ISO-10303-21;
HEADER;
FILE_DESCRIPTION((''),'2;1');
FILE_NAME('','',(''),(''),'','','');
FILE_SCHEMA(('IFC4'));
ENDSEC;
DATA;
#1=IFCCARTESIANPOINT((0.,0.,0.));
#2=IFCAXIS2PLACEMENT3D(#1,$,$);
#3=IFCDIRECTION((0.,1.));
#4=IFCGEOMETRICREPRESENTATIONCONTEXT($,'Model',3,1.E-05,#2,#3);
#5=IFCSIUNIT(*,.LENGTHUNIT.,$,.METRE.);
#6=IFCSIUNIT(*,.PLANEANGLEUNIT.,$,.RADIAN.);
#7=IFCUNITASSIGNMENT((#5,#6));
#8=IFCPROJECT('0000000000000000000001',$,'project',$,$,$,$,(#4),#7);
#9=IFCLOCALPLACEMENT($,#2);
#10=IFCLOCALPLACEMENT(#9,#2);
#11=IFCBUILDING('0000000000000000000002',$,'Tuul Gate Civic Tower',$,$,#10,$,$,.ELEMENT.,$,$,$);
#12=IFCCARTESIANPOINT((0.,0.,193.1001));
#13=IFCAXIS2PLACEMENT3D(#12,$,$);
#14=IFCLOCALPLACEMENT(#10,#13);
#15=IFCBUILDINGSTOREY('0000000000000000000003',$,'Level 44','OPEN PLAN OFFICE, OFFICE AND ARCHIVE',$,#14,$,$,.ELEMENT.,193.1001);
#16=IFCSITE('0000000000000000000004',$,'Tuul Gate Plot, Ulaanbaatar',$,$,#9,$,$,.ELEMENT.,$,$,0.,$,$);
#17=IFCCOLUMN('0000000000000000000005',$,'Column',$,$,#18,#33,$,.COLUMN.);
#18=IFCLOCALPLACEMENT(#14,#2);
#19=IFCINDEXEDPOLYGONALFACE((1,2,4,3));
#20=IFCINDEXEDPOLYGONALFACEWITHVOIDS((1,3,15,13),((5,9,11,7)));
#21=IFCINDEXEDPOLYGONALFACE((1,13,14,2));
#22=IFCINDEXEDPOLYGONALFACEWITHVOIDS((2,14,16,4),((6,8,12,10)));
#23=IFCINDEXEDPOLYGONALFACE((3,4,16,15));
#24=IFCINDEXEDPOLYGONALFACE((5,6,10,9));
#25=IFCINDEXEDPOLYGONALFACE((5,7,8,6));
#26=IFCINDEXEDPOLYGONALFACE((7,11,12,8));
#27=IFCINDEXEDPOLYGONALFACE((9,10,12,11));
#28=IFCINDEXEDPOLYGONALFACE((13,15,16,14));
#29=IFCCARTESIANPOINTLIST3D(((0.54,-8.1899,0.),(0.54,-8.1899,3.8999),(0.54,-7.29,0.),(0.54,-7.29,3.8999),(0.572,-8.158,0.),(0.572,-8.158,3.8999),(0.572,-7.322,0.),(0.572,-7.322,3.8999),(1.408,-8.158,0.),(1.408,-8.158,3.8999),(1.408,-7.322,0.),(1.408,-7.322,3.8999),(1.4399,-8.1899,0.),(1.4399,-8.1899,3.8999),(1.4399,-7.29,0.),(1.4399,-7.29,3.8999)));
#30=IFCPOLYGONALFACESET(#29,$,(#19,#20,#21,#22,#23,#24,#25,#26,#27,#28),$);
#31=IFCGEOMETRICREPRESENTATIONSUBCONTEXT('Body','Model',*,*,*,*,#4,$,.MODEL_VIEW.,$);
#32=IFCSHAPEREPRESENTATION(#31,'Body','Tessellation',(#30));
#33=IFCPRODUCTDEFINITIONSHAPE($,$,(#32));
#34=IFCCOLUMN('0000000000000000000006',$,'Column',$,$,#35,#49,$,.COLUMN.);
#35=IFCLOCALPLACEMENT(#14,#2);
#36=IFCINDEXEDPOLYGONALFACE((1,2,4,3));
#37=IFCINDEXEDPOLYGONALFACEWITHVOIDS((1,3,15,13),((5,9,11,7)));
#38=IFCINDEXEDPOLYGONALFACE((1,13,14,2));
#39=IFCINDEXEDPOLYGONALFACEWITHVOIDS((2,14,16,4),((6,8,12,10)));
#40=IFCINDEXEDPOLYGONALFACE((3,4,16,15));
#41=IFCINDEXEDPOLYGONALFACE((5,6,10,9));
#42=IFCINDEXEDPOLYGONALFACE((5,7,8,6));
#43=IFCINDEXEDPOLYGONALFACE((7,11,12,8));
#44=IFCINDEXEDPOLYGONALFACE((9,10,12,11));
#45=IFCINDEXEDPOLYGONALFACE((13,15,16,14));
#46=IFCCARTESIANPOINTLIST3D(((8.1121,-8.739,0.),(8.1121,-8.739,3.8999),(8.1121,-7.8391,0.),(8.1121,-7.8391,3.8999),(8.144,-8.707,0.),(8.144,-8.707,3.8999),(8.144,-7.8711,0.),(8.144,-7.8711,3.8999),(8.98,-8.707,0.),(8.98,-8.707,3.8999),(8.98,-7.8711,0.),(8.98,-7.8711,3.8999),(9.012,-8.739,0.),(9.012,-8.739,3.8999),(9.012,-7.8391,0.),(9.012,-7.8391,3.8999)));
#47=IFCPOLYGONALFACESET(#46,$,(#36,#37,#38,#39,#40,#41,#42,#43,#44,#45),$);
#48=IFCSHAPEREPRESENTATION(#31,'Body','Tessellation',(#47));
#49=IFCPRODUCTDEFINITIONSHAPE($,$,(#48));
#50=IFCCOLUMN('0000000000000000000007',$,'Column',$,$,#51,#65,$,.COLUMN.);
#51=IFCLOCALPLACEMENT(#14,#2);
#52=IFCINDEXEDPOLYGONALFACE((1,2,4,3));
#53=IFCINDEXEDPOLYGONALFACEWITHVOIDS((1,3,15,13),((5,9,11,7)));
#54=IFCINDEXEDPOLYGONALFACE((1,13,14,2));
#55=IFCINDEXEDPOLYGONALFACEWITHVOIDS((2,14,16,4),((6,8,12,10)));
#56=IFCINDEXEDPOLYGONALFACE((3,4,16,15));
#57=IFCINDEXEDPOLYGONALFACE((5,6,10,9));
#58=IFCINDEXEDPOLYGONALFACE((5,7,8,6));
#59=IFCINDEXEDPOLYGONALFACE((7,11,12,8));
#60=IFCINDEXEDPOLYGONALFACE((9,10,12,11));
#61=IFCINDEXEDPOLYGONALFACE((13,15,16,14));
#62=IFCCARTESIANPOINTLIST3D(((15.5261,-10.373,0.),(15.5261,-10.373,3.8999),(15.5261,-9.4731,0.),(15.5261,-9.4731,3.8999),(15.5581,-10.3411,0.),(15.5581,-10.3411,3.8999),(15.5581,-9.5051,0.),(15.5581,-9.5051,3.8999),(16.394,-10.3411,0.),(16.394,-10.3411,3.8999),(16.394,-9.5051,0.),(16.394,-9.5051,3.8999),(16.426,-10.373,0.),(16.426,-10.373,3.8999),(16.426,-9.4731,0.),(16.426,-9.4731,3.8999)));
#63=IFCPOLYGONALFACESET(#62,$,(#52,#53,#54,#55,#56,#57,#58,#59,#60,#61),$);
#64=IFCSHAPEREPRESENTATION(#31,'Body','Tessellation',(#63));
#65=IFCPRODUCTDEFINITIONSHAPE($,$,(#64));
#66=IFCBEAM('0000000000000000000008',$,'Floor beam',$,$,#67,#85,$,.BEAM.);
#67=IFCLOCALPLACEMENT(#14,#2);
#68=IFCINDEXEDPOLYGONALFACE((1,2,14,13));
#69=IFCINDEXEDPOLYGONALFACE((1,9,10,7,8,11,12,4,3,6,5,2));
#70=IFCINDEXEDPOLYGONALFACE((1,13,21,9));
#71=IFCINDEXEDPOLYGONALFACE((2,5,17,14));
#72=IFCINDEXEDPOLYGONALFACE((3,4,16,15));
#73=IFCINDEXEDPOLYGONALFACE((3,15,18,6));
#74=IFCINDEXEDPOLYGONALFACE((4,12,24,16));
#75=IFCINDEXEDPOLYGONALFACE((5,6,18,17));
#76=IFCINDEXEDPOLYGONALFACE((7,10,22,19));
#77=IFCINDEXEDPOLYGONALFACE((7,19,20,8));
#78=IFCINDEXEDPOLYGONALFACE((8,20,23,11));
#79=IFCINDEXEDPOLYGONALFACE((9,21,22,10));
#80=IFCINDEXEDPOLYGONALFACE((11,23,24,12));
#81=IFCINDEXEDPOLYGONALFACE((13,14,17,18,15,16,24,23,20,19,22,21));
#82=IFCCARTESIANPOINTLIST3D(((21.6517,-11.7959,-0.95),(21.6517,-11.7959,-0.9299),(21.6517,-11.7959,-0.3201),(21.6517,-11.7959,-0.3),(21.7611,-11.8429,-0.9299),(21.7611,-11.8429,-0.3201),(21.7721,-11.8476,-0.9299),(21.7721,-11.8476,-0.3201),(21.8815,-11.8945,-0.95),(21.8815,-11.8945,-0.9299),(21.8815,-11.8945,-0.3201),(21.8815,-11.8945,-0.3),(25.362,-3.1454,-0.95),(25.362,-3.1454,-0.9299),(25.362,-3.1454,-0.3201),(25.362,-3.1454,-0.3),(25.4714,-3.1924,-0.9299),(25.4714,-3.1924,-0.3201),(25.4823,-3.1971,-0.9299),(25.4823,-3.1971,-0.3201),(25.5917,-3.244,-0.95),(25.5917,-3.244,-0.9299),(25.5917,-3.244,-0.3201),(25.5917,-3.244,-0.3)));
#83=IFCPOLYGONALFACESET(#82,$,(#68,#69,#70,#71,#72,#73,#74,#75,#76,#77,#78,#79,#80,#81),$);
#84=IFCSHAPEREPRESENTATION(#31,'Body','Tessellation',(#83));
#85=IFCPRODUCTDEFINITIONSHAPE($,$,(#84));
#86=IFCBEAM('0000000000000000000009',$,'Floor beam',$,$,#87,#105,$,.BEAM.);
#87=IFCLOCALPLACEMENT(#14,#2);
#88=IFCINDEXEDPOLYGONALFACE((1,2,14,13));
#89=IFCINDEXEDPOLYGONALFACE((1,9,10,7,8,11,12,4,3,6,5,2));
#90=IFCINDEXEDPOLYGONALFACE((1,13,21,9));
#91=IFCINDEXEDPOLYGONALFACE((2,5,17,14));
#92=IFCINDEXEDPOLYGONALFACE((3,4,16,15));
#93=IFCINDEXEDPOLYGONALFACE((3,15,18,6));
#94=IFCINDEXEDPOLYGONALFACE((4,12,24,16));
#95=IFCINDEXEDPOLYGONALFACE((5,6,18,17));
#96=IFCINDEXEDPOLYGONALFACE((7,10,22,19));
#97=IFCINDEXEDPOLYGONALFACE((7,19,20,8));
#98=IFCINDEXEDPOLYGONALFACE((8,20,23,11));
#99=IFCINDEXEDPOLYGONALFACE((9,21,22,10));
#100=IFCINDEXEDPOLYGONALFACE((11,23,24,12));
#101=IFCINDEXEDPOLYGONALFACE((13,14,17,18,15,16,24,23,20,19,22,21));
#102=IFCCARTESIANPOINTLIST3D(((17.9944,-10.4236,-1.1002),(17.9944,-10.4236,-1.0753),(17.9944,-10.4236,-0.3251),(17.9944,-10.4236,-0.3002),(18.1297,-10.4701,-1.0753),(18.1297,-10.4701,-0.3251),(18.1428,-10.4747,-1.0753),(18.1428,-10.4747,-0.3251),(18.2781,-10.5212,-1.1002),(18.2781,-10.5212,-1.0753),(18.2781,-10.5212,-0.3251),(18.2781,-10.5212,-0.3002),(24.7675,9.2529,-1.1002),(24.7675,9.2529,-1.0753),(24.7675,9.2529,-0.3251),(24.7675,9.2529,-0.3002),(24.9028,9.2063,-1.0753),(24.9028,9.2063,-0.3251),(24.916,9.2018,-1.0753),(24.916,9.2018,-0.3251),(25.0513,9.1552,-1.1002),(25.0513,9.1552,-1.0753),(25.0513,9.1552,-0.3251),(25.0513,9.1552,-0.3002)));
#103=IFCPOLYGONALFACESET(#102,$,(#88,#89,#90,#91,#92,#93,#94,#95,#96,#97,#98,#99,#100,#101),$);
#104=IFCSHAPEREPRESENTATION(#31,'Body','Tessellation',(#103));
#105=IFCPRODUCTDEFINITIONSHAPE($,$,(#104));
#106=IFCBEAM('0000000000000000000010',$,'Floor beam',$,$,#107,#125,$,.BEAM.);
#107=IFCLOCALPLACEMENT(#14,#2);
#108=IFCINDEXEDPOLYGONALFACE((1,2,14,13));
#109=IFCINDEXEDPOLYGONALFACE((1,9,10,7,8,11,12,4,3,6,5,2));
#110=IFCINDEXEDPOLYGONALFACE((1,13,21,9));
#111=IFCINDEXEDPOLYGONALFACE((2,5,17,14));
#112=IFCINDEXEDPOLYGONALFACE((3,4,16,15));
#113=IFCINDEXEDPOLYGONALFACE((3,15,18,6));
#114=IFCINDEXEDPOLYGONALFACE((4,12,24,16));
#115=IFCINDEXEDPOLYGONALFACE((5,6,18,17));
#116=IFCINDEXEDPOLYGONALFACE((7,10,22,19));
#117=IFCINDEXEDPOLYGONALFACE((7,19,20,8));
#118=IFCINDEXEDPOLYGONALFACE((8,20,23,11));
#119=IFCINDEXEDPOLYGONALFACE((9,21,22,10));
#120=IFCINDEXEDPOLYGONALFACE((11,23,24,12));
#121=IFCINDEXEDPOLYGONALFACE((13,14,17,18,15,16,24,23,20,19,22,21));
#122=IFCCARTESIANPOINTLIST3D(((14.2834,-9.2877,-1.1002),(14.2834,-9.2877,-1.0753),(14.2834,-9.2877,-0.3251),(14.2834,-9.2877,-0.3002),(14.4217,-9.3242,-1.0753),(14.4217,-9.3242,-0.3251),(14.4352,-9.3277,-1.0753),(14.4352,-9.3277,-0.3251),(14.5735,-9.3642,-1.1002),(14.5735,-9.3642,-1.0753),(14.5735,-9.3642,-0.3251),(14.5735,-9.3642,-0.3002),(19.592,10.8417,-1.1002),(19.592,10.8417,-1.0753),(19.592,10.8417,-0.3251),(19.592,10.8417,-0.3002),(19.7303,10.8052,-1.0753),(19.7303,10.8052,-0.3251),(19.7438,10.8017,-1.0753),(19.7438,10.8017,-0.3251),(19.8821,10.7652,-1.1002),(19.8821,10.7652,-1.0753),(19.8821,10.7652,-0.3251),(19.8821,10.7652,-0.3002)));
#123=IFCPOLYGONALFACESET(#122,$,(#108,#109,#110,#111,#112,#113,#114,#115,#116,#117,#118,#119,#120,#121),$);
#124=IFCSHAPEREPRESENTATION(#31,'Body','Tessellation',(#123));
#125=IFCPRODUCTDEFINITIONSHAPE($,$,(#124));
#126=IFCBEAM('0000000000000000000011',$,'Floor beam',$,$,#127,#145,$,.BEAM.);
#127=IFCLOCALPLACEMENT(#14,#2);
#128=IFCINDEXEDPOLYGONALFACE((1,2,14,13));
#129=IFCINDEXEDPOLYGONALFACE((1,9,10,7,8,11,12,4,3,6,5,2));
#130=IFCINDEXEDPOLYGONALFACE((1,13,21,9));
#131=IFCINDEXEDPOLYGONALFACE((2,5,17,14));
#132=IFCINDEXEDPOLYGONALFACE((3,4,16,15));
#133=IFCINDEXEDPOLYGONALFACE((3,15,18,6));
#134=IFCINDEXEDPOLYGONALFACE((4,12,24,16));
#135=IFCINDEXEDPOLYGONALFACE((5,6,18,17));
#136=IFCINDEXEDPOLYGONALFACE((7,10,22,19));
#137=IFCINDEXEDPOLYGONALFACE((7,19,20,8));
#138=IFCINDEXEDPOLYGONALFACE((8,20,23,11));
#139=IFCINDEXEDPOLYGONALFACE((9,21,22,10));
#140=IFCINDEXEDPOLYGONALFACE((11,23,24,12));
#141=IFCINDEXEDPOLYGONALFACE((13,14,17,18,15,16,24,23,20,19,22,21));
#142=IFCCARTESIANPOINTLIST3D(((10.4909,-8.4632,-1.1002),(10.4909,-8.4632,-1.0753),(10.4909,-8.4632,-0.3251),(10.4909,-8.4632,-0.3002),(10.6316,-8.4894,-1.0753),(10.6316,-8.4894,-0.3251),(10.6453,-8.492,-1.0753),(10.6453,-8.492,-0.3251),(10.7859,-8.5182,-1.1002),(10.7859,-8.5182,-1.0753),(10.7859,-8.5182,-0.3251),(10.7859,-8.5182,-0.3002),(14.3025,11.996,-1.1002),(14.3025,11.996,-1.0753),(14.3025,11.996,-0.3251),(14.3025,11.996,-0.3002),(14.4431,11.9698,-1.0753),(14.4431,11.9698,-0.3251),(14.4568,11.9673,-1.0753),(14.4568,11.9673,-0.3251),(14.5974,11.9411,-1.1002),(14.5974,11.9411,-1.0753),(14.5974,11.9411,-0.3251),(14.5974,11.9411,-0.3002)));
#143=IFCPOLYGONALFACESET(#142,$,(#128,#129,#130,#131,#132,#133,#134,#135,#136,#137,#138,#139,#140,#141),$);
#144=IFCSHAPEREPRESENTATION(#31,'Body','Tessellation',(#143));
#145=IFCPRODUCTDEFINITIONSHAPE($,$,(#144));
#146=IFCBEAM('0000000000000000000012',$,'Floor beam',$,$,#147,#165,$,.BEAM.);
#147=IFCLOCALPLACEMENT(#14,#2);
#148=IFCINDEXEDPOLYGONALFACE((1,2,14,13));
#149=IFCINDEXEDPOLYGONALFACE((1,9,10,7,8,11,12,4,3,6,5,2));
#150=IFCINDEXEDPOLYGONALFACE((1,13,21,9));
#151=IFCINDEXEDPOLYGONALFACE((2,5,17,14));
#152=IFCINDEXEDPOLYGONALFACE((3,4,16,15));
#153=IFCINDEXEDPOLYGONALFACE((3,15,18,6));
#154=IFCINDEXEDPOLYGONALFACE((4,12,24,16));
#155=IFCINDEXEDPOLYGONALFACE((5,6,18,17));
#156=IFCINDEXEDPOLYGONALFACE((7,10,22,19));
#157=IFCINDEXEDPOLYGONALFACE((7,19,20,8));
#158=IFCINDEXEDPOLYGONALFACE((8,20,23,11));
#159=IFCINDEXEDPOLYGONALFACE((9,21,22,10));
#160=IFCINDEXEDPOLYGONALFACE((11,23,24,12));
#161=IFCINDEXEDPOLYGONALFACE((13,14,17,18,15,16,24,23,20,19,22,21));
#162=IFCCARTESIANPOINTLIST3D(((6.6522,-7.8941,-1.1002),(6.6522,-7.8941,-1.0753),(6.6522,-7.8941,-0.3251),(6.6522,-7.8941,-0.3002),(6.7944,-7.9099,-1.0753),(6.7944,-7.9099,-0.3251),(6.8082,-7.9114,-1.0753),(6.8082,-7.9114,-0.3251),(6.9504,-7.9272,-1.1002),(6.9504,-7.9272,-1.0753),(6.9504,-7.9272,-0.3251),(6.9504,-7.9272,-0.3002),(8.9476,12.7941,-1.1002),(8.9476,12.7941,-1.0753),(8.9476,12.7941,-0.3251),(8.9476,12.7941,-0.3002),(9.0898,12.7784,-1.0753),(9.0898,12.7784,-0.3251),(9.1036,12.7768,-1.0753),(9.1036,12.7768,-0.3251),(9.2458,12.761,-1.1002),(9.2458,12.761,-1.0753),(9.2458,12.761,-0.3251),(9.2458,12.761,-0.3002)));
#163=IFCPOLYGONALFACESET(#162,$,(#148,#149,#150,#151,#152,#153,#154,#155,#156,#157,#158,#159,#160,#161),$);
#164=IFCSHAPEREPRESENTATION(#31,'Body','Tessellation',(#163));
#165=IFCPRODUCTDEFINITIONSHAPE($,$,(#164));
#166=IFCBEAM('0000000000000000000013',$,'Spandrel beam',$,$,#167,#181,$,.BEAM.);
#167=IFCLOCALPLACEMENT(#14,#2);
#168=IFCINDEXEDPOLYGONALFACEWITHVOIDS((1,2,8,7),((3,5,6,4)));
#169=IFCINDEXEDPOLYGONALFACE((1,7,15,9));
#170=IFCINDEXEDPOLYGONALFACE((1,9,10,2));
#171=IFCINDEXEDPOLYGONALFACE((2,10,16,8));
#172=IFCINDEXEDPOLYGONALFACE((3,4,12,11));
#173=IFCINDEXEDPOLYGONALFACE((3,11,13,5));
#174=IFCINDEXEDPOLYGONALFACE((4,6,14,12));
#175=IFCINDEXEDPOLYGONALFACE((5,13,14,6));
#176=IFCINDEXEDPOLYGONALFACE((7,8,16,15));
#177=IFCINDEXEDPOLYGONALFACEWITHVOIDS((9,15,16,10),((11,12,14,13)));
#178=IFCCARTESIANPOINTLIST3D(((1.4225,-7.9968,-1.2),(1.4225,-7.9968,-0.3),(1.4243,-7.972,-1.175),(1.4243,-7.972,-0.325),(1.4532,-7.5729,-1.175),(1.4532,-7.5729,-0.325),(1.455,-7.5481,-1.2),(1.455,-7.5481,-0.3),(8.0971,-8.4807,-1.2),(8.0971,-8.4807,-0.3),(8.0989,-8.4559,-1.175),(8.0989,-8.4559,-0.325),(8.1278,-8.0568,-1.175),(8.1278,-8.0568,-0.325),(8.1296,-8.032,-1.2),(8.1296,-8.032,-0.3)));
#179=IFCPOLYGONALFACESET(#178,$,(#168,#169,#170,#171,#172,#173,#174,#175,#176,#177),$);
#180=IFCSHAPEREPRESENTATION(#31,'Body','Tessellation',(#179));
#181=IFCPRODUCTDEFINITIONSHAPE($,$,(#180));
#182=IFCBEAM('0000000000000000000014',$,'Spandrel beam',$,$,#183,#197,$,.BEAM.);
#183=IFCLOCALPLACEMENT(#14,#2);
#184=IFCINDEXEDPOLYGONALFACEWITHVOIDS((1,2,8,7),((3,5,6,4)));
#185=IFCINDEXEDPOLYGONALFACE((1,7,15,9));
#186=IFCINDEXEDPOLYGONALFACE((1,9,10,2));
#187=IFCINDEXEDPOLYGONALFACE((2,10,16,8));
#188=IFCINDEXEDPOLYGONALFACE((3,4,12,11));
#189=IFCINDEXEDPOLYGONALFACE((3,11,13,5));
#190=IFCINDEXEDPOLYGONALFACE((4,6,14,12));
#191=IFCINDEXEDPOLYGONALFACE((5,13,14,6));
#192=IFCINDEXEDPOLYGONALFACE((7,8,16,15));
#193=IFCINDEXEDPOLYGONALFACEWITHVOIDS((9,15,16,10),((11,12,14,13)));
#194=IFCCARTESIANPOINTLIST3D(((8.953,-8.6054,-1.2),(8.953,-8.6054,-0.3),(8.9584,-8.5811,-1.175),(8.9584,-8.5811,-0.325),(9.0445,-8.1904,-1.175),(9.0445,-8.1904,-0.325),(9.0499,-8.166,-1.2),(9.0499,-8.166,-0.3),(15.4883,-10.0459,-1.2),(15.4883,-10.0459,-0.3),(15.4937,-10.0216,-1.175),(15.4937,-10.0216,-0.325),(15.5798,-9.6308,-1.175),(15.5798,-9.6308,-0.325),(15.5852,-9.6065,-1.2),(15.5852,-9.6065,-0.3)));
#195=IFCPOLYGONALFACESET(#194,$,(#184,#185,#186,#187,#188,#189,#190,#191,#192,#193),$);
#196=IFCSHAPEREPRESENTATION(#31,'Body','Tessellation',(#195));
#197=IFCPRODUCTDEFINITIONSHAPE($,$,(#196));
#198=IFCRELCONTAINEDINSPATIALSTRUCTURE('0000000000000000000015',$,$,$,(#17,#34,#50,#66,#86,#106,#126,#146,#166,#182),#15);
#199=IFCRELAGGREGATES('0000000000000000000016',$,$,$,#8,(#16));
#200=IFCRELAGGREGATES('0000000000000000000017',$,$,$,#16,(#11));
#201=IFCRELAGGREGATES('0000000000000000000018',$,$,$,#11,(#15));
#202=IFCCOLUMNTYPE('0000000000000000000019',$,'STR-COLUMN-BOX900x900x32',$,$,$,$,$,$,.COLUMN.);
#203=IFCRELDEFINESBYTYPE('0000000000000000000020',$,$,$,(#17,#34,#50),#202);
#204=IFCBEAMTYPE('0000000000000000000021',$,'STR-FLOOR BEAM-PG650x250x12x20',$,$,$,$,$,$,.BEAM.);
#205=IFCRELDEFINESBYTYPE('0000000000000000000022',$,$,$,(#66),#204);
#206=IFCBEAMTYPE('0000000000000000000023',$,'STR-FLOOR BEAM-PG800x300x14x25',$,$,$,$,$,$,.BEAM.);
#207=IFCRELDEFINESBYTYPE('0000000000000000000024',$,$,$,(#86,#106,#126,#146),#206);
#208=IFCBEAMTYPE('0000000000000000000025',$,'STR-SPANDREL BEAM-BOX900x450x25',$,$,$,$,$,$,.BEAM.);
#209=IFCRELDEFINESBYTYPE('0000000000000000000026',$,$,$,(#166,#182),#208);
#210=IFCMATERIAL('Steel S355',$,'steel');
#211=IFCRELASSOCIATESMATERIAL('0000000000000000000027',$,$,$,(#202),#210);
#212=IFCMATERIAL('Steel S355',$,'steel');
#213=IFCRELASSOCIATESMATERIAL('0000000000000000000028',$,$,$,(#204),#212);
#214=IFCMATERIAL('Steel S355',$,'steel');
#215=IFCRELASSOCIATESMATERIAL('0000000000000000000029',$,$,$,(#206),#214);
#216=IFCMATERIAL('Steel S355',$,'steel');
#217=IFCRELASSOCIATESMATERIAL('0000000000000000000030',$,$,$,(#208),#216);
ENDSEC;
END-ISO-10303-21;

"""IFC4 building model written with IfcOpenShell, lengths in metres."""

from ifc_helpers import new_model, si_unit, direction, frame, origin, origin_2d, place, context, subcontext, project, spatial, hollow_rectangle, i_section, extrude, material, material_profile, profile_set, type_object, element, save


model = new_model("IFC4")

# Units and contexts
model_context = context("Model", 3, precision=1e-05, world=origin(), true_north=direction((0.0, 1.0)))
body_context = subcontext(model_context, "Body", "Model", "MODEL_VIEW")
ifc_project = project(units=[si_unit("LENGTHUNIT", "METRE"), si_unit("PLANEANGLEUNIT", "RADIAN")], contexts=[model_context])

# Site, building, storey
site_placement = place(None, origin())
site = spatial("IfcSite", under=ifc_project, at=site_placement, Name="Tuul Gate Plot, Ulaanbaatar", CompositionType="ELEMENT", RefElevation=0.0)
building_placement = place(site_placement, origin())
building = spatial("IfcBuilding", under=site, at=building_placement, Name="Tuul Gate Civic Tower", CompositionType="ELEMENT")
storey_placement = place(building_placement, frame((0.0, 0.0, 193.1001)))
storey = spatial("IfcBuildingStorey", under=building, at=storey_placement, Name="Level 44", Description="OPEN PLAN OFFICE, OFFICE AND ARCHIVE", CompositionType="ELEMENT", Elevation=193.1001)

# Columns
ifc_material_1 = material(Name="Steel S355", Category="steel")
ifc_material_profile_1 = material_profile(ifc_material_1, hollow_rectangle(XDim=0.8999, YDim=0.8999, WallThickness=0.032, at=origin_2d()), Name="BOX900x900x32")
ifc_profile_set_1 = profile_set([ifc_material_profile_1], Name="Steel S355")
column_type = type_object("IfcColumnType", Name="STR-COLUMN-BOX900x900x32", PredefinedType="COLUMN", material=ifc_profile_set_1)
for number, where, z_axis, x_axis, name in (
    (1, (0.99, -7.74, 0.0), (0.0, 0.0, 1.0), (1.0, 0.0, 0.0), "Column"),
    (2, (8.562, -8.2891, 0.0), (0.0, 0.0, 1.0), (1.0, 0.0, 0.0), "Column"),
    (3, (15.9761, -9.9231, 0.0), (0.0, 0.0, 1.0), (1.0, 0.0, 0.0), "Column"),
):
    element("IfcColumn", number, at=place(storey_placement, frame(where, z_axis=z_axis, x_axis=x_axis)), inside=storey, type_object=column_type, Name=name, PredefinedType="COLUMN", context=body_context, shape_type="SweptSolid", body=[
        extrude(hollow_rectangle(XDim=0.8999, YDim=0.8999, WallThickness=0.032, at=origin_2d()), origin(), (0.0, 0.0, 1.0), 3.8999),
    ])

# Beams
ifc_material_2 = material(Name="Steel S355", Category="steel")
ifc_material_profile_2 = material_profile(ifc_material_2, i_section(OverallWidth=0.25, OverallDepth=0.6499, WebThickness=0.012, FlangeThickness=0.02, at=origin_2d()), Name="PG650x250x12x20")
ifc_profile_set_2 = profile_set([ifc_material_profile_2], Name="Steel S355")
beam_type_1 = type_object("IfcBeamType", Name="STR-FLOOR BEAM-PG650x250x12x20", PredefinedType="BEAM", material=ifc_profile_set_2)
beam_1_placement = place(storey_placement, frame((21.7666, -11.8452, -0.625), z_axis=(0.394179, 0.919034, 0.0), x_axis=(-0.919034, 0.394179, 0.0)))
element("IfcBeam", 4, at=beam_1_placement, inside=storey, type_object=beam_type_1, Name="Floor beam", PredefinedType="BEAM", context=body_context, shape_type="SweptSolid", body=[
    extrude(i_section(OverallWidth=0.25, OverallDepth=0.6499, WebThickness=0.012, FlangeThickness=0.02, at=origin_2d()), origin(), (0.0, 0.0, 1.0), 9.4126),
])
ifc_material_3 = material(Name="Steel S355", Category="steel")
ifc_material_profile_3 = material_profile(ifc_material_3, i_section(OverallWidth=0.3, OverallDepth=0.8, WebThickness=0.0139, FlangeThickness=0.0249, at=origin_2d()), Name="PG800x300x14x25")
ifc_profile_set_3 = profile_set([ifc_material_profile_3], Name="Steel S355")
beam_type_2 = type_object("IfcBeamType", Name="STR-FLOOR BEAM-PG800x300x14x25", PredefinedType="BEAM", material=ifc_profile_set_3)
beam_2_placement = place(storey_placement, frame((18.1362, -10.4724, -0.7002), z_axis=(0.325483, 0.945548, 0.0), x_axis=(-0.945548, 0.325483, 0.0)))
element("IfcBeam", 5, at=beam_2_placement, inside=storey, type_object=beam_type_2, Name="Floor beam", PredefinedType="BEAM", context=body_context, shape_type="SweptSolid", body=[
    extrude(i_section(OverallWidth=0.3, OverallDepth=0.8, WebThickness=0.0139, FlangeThickness=0.0249, at=origin_2d()), origin(), (0.0, 0.0, 1.0), 20.8096),
])
beam_3_placement = place(storey_placement, frame((14.4285, -9.3259, -0.7002), z_axis=(0.255005, 0.96694, 0.0), x_axis=(-0.96694, 0.255005, 0.0)))
element("IfcBeam", 6, at=beam_3_placement, inside=storey, type_object=beam_type_2, Name="Floor beam", PredefinedType="BEAM", context=body_context, shape_type="SweptSolid", body=[
    extrude(i_section(OverallWidth=0.3, OverallDepth=0.8, WebThickness=0.0139, FlangeThickness=0.0249, at=origin_2d()), origin(), (0.0, 0.0, 1.0), 20.8176),
])
beam_4_placement = place(storey_placement, frame((10.6384, -8.4907, -0.7002), z_axis=(0.183147, 0.983085, 0.0), x_axis=(-0.983085, 0.183147, 0.0)))
element("IfcBeam", 7, at=beam_4_placement, inside=storey, type_object=beam_type_2, Name="Floor beam", PredefinedType="BEAM", context=body_context, shape_type="SweptSolid", body=[
    extrude(i_section(OverallWidth=0.3, OverallDepth=0.8, WebThickness=0.0139, FlangeThickness=0.0249, at=origin_2d()), origin(), (0.0, 0.0, 1.0), 20.8113),
])
beam_5_placement = place(storey_placement, frame((6.8013, -7.9106, -0.7002), z_axis=(0.110276, 0.993901, 0.0), x_axis=(-0.993901, 0.110276, 0.0)))
element("IfcBeam", 8, at=beam_5_placement, inside=storey, type_object=beam_type_2, Name="Floor beam", PredefinedType="BEAM", context=body_context, shape_type="SweptSolid", body=[
    extrude(i_section(OverallWidth=0.3, OverallDepth=0.8, WebThickness=0.0139, FlangeThickness=0.0249, at=origin_2d()), origin(), (0.0, 0.0, 1.0), 20.8152),
])
ifc_material_4 = material(Name="Steel S355", Category="steel")
ifc_material_profile_4 = material_profile(ifc_material_4, hollow_rectangle(XDim=0.45, YDim=0.8999, WallThickness=0.0249, at=origin_2d()), Name="BOX900x450x25")
ifc_profile_set_4 = profile_set([ifc_material_profile_4], Name="Steel S355")
beam_type_3 = type_object("IfcBeamType", Name="STR-SPANDREL BEAM-BOX900x450x25", PredefinedType="BEAM", material=ifc_profile_set_4)
for number, where, z_axis, x_axis, name in (
    (9, (1.4387, -7.7725, -0.75), (0.997382, -0.072307, 0.0), (0.072307, 0.997382, 0.0), "Spandrel beam"),
    (10, (9.0015, -8.3857, -0.75), (0.97656, -0.215246, 0.0), (0.215246, 0.97656, 0.0), "Spandrel beam"),
):
    element("IfcBeam", number, at=place(storey_placement, frame(where, z_axis=z_axis, x_axis=x_axis)), inside=storey, type_object=beam_type_3, Name=name, PredefinedType="BEAM", context=body_context, shape_type="SweptSolid", body=[
        extrude(hollow_rectangle(XDim=0.45, YDim=0.8999, WallThickness=0.0249, at=origin_2d()), origin(), (0.0, 0.0, 1.0), 6.6921),
    ])

save(model, "model.ifc")
